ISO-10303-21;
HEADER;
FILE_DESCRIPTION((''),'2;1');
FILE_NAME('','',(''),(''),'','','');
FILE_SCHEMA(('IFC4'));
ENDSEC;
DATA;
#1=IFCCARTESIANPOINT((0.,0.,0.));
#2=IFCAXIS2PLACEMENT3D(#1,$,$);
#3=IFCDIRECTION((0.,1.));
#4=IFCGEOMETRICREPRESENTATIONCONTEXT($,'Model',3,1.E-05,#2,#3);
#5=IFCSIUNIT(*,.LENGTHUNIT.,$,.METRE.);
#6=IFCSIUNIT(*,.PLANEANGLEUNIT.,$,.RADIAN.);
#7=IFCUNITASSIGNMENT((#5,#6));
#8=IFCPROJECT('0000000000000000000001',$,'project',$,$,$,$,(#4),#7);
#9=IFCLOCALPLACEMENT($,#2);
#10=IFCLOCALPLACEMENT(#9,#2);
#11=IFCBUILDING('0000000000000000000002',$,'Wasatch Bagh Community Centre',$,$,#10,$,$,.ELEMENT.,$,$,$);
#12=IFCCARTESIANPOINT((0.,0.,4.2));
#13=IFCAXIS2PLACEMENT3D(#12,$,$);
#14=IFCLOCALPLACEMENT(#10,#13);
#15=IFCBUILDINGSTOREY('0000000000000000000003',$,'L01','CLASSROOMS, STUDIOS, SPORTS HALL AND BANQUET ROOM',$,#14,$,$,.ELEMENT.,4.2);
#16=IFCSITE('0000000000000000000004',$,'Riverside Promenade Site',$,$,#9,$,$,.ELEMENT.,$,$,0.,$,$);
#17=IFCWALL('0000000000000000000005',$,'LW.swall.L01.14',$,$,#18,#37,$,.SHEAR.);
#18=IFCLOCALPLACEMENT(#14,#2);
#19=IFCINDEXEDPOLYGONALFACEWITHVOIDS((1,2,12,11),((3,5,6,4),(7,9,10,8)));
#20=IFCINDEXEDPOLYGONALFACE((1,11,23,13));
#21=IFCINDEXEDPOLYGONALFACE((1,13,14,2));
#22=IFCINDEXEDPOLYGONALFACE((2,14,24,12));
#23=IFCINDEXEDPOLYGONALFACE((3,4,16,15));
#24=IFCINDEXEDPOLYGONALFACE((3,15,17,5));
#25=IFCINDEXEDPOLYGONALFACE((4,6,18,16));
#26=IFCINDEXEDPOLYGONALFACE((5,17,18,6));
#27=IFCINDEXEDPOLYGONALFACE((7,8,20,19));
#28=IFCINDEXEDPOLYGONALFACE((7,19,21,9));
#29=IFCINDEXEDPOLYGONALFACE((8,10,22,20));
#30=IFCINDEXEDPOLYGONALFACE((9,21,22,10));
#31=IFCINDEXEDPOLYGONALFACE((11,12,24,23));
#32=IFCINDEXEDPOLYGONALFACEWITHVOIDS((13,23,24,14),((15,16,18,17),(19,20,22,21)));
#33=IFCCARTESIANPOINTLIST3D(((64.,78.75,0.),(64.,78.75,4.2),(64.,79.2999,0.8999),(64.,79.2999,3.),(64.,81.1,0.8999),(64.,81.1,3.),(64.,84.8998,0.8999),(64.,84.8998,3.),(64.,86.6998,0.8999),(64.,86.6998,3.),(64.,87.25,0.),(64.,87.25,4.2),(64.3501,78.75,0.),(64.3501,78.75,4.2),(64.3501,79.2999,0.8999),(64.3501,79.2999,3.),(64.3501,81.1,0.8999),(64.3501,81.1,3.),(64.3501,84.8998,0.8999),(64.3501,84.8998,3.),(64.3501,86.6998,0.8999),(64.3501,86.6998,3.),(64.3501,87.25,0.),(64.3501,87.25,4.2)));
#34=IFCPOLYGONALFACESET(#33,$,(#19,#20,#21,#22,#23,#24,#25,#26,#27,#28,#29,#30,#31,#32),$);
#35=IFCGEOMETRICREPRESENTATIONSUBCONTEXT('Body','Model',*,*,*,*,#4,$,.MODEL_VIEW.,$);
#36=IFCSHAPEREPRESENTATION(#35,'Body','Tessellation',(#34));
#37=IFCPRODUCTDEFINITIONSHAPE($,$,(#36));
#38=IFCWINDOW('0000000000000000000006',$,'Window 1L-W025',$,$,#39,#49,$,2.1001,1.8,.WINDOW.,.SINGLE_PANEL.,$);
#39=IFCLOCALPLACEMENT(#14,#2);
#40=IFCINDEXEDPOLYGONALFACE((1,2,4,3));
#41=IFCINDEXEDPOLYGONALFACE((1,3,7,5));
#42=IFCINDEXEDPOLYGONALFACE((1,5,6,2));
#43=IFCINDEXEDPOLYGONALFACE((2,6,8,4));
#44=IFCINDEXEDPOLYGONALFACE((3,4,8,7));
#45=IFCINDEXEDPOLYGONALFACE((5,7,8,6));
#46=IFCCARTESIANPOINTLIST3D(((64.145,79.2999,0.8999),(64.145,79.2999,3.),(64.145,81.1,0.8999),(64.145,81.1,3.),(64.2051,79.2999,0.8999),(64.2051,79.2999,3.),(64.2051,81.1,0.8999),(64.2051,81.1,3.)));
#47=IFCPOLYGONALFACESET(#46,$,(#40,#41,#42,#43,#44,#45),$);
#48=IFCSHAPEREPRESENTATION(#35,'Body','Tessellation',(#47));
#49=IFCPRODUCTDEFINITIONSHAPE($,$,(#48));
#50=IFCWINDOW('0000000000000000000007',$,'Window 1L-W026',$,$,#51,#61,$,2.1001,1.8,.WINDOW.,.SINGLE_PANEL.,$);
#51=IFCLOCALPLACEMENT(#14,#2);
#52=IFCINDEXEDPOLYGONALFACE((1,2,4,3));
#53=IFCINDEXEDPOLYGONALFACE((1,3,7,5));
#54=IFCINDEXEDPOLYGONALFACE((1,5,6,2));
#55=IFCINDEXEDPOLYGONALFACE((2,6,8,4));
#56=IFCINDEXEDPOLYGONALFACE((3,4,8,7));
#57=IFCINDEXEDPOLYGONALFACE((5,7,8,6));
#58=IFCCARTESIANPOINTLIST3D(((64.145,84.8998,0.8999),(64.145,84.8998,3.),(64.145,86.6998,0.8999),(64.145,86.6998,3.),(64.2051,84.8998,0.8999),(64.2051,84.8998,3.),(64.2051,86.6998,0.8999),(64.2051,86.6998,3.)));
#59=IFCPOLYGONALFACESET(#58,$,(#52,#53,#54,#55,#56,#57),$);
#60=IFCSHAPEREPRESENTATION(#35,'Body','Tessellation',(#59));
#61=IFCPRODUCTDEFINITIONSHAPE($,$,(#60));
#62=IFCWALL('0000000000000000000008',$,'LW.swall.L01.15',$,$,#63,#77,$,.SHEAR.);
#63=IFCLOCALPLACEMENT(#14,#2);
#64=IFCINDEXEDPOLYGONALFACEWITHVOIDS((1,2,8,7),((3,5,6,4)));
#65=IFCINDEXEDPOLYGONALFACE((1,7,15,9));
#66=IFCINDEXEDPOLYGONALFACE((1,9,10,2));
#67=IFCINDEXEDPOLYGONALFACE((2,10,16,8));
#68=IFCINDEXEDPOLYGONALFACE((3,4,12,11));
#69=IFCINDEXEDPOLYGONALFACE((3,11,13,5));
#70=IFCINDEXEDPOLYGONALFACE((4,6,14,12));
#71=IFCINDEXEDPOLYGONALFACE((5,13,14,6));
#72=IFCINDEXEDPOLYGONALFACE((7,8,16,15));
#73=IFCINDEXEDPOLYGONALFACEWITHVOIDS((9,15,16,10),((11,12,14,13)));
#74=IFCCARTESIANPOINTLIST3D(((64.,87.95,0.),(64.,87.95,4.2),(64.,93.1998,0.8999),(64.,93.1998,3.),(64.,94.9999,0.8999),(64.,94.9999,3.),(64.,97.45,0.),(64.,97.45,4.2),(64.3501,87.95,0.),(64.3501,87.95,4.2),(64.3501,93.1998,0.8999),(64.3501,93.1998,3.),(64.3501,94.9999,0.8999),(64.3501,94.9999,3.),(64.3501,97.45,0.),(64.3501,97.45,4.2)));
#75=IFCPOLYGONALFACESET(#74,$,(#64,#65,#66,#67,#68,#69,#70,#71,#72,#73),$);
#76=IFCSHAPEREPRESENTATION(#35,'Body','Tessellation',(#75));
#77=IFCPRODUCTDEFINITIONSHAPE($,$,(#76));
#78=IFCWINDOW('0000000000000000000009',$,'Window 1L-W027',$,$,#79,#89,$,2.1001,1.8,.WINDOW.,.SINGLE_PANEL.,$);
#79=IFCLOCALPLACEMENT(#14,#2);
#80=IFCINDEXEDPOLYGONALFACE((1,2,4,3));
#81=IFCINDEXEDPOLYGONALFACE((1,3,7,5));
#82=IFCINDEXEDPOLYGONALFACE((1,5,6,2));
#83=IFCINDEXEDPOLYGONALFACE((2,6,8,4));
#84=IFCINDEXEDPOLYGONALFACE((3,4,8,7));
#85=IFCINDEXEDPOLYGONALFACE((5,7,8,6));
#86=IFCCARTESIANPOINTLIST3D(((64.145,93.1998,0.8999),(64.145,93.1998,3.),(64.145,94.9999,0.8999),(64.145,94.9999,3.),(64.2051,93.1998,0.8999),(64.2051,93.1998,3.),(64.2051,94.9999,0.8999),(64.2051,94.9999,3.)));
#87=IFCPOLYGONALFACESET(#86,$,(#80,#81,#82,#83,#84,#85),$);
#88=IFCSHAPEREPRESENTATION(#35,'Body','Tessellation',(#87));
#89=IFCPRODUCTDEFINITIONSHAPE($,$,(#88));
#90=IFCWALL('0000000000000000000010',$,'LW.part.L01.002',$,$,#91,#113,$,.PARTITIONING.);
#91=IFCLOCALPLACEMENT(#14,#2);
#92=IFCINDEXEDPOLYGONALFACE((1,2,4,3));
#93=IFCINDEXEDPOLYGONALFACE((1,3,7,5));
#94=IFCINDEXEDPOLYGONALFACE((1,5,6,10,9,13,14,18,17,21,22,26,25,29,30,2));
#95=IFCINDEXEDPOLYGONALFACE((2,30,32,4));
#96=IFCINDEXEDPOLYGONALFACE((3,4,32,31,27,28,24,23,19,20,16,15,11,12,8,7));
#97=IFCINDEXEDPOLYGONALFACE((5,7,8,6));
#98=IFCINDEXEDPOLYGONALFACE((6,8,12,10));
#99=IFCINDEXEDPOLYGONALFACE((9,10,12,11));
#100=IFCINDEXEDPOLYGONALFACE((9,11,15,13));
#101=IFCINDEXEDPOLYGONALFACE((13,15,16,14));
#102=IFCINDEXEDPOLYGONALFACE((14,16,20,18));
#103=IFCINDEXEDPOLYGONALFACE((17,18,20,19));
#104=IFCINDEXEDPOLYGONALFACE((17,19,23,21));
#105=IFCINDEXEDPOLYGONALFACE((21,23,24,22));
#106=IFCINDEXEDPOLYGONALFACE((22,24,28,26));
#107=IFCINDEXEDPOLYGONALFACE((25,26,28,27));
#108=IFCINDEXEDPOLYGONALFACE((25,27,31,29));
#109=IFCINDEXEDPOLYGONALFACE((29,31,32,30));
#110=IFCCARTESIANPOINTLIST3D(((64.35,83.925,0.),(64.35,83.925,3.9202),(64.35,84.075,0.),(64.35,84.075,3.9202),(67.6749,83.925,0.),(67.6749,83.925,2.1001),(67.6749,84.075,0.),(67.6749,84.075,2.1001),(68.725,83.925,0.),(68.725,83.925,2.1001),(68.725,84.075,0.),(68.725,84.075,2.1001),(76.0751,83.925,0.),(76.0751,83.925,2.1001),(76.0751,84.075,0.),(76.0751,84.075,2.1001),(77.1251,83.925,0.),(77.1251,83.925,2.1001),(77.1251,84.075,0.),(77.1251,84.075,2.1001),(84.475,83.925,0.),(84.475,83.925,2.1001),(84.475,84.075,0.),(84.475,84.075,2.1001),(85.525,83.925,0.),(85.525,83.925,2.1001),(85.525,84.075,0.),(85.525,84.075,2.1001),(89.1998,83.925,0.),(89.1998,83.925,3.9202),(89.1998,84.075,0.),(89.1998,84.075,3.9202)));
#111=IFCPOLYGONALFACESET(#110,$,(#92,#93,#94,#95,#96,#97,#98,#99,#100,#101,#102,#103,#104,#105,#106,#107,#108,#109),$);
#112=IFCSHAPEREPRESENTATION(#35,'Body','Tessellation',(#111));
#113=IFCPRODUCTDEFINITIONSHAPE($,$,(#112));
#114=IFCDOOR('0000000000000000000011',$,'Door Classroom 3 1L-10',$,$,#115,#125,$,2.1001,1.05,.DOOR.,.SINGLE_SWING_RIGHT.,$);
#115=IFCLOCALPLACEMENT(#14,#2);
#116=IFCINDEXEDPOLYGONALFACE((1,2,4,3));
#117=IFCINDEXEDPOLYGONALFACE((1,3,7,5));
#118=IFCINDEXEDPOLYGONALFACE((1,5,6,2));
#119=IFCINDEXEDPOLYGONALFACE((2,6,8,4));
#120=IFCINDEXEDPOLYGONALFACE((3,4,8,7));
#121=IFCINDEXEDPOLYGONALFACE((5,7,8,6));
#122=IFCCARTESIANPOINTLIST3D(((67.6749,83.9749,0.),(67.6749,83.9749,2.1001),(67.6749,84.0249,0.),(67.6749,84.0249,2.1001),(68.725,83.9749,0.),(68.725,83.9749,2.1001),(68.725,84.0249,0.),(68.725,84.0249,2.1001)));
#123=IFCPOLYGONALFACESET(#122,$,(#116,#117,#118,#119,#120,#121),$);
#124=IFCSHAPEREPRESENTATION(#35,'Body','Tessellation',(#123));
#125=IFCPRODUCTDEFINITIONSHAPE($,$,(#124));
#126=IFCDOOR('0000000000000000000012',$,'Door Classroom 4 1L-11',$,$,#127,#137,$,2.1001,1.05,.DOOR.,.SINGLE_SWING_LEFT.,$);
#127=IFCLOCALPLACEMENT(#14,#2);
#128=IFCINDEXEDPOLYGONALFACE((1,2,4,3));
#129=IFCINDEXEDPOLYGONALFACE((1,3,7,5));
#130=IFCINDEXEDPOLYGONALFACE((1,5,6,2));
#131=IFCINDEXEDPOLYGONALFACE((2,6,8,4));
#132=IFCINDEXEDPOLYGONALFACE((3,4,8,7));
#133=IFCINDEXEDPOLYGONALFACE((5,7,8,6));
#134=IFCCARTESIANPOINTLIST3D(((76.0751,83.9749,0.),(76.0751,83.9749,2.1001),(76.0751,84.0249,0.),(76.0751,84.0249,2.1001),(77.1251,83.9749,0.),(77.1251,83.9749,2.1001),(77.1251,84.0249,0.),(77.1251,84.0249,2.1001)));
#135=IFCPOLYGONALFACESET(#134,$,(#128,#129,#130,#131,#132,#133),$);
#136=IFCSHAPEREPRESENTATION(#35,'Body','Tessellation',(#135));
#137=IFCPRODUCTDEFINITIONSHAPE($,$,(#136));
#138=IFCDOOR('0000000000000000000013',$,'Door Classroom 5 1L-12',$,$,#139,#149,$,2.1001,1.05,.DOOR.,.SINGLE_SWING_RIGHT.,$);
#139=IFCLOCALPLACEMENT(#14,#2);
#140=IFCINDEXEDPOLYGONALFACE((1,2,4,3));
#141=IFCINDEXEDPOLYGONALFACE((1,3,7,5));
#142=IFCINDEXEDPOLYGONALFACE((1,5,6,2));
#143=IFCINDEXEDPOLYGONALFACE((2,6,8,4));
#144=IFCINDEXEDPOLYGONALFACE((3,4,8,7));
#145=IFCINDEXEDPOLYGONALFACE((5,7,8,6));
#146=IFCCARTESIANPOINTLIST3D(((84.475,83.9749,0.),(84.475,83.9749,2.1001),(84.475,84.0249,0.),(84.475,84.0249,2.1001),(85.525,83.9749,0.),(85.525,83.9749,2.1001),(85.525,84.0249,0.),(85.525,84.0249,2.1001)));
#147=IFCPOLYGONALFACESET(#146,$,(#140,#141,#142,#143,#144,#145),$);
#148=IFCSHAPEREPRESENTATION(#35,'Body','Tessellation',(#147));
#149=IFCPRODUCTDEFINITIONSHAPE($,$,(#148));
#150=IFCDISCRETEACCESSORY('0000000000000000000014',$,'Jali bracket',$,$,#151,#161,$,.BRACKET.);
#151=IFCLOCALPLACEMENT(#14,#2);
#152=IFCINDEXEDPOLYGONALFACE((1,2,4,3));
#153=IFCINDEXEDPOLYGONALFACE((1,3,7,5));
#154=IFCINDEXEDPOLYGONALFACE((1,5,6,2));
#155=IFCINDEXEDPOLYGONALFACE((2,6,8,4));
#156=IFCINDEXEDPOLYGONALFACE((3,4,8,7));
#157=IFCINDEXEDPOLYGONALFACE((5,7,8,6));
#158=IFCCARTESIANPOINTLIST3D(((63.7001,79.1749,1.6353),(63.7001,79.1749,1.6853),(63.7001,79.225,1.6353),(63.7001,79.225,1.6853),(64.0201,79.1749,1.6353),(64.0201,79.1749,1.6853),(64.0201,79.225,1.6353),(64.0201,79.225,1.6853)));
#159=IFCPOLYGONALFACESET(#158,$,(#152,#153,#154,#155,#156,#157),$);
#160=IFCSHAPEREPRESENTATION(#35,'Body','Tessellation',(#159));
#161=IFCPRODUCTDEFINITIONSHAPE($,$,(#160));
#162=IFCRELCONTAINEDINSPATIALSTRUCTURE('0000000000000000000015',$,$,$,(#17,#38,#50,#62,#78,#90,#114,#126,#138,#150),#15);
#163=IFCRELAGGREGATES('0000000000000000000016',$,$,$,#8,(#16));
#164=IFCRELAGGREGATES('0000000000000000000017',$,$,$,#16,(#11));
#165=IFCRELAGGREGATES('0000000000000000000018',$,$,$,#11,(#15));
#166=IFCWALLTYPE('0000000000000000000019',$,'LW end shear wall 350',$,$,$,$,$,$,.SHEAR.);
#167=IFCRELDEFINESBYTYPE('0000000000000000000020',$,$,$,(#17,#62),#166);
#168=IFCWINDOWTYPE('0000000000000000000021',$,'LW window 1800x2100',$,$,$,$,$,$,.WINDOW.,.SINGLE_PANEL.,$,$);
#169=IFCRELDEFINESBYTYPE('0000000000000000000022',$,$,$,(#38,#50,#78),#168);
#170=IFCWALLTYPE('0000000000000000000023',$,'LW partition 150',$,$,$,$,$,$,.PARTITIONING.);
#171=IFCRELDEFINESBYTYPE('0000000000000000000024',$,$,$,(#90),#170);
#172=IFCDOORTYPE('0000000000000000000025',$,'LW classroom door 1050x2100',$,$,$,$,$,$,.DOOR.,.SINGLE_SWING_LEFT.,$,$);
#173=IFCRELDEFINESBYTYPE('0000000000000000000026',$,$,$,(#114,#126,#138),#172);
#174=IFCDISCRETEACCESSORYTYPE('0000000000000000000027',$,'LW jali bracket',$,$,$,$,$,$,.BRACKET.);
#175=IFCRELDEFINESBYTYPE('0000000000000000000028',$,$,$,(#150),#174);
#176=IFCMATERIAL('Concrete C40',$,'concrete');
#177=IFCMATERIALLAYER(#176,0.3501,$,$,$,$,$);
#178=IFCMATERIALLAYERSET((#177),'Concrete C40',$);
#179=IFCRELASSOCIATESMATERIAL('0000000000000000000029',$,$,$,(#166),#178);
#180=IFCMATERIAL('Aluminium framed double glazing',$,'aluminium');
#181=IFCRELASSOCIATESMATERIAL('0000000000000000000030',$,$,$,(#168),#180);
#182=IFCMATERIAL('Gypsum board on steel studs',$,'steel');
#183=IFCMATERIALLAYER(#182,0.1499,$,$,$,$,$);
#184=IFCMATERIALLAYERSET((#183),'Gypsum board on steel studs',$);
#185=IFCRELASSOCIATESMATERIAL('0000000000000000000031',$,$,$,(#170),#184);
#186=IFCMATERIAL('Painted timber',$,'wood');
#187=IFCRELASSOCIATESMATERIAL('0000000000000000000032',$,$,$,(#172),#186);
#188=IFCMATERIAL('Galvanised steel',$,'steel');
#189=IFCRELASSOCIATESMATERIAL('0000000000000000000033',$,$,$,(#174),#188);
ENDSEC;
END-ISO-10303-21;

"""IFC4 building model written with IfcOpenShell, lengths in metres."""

from ifc_helpers import new_model, si_unit, direction, frame, frame_2d, origin, origin_2d, place, context, subcontext, project, spatial, rectangle, extrude, material, layer, layer_set, type_object, element, fill, save


model = new_model("IFC4")

# Units and contexts
model_context = context("Model", 3, precision=1e-05, world=origin(), true_north=direction((0.0, 1.0)))
body_context = subcontext(model_context, "Body", "Model", "MODEL_VIEW")
ifc_project = project(units=[si_unit("LENGTHUNIT", "METRE"), si_unit("PLANEANGLEUNIT", "RADIAN")], contexts=[model_context])

# Site, building, storey
site_placement = place(None, origin())
site = spatial("IfcSite", under=ifc_project, at=site_placement, Name="Riverside Promenade Site", CompositionType="ELEMENT", RefElevation=0.0)
building_placement = place(site_placement, origin())
building = spatial("IfcBuilding", under=site, at=building_placement, Name="Wasatch Bagh Community Centre", CompositionType="ELEMENT")
storey_placement = place(building_placement, frame((0.0, 0.0, 4.2)))
storey = spatial("IfcBuildingStorey", under=building, at=storey_placement, Name="L01", Description="CLASSROOMS, STUDIOS, SPORTS HALL AND BANQUET ROOM", CompositionType="ELEMENT", Elevation=4.2)

# Shared definitions
ifc_material_1 = material(Name="Concrete C40", Category="concrete")

# Wall, openings, windows
ifc_layer_1 = layer(ifc_material_1, 0.3501)
ifc_layer_set_1 = layer_set([ifc_layer_1], Name="Concrete C40")
wall_type_1 = type_object("IfcWallType", Name="LW end shear wall 350", PredefinedType="SHEAR", material=ifc_layer_set_1)
wall_1_placement = place(storey_placement, frame((64.175, 78.75, 0.0), z_axis=(0.0, 0.0, 1.0), x_axis=(0.0, 1.0, 0.0)))
wall_1 = element("IfcWall", 1, at=wall_1_placement, inside=storey, type_object=wall_type_1, Name="LW.swall.L01.14", PredefinedType="SHEAR", context=body_context, shape_type="SweptSolid", body=[
    extrude(rectangle(XDim=8.5, YDim=0.3501, at=frame_2d((4.25, 0.0))), origin(), (0.0, 0.0, 1.0), 4.2),
])
opening_1_placement = place(wall_1_placement, frame((0.55, 0.0, 0.8999)))
opening_1 = element("IfcOpeningElement", 2, at=opening_1_placement, cuts=wall_1, PredefinedType="OPENING", context=body_context, shape_type="SweptSolid", body=[
    extrude(rectangle(XDim=1.8, YDim=2.1001, at=frame_2d((0.8999, 1.05))), frame((0.0, 0.1851, 0.0), z_axis=(0.0, -1.0, 0.0), x_axis=(1.0, 0.0, 0.0)), (0.0, 0.0, 1.0), 0.3701),
])
opening_2_placement = place(wall_1_placement, frame((6.1499, 0.0, 0.8999)))
opening_2 = element("IfcOpeningElement", 3, at=opening_2_placement, cuts=wall_1, PredefinedType="OPENING", context=body_context, shape_type="SweptSolid", body=[
    extrude(rectangle(XDim=1.8, YDim=2.1001, at=frame_2d((0.8999, 1.05))), frame((0.0, 0.1851, 0.0), z_axis=(0.0, -1.0, 0.0), x_axis=(1.0, 0.0, 0.0)), (0.0, 0.0, 1.0), 0.3701),
])
ifc_material_2 = material(Name="Aluminium framed double glazing", Category="aluminium")
window_type = type_object("IfcWindowType", Name="LW window 1800x2100", PartitioningType="SINGLE_PANEL", PredefinedType="WINDOW", material=ifc_material_2)
window_1_placement = place(opening_1_placement, origin())
window_1 = element("IfcWindow", 4, at=window_1_placement, inside=storey, type_object=window_type, Name="Window 1L-W025", OverallHeight=2.1001, OverallWidth=1.8, PartitioningType="SINGLE_PANEL", PredefinedType="WINDOW", context=body_context, shape_type="SweptSolid", body=[
    extrude(rectangle(XDim=1.8, YDim=2.1001, at=frame_2d((0.8999, 1.05))), frame((0.0, 0.03, 0.0), z_axis=(0.0, -1.0, 0.0), x_axis=(1.0, 0.0, 0.0)), (0.0, 0.0, 1.0), 0.0601),
])
fill(opening_1, window_1)
window_2_placement = place(opening_2_placement, origin())
window_2 = element("IfcWindow", 5, at=window_2_placement, inside=storey, type_object=window_type, Name="Window 1L-W026", OverallHeight=2.1001, OverallWidth=1.8, PartitioningType="SINGLE_PANEL", PredefinedType="WINDOW", context=body_context, shape_type="SweptSolid", body=[
    extrude(rectangle(XDim=1.8, YDim=2.1001, at=frame_2d((0.8999, 1.05))), frame((0.0, 0.03, 0.0), z_axis=(0.0, -1.0, 0.0), x_axis=(1.0, 0.0, 0.0)), (0.0, 0.0, 1.0), 0.0601),
])
fill(opening_2, window_2)

# Wall, opening, window
wall_2_placement = place(storey_placement, frame((64.175, 87.95, 0.0), z_axis=(0.0, 0.0, 1.0), x_axis=(0.0, 1.0, 0.0)))
wall_2 = element("IfcWall", 6, at=wall_2_placement, inside=storey, type_object=wall_type_1, Name="LW.swall.L01.15", PredefinedType="SHEAR", context=body_context, shape_type="SweptSolid", body=[
    extrude(rectangle(XDim=9.5, YDim=0.3501, at=frame_2d((4.75, 0.0))), origin(), (0.0, 0.0, 1.0), 4.2),
])
opening_3_placement = place(wall_2_placement, frame((5.25, 0.0, 0.8999)))
opening_3 = element("IfcOpeningElement", 7, at=opening_3_placement, cuts=wall_2, PredefinedType="OPENING", context=body_context, shape_type="SweptSolid", body=[
    extrude(rectangle(XDim=1.8, YDim=2.1001, at=frame_2d((0.8999, 1.05))), frame((0.0, 0.1851, 0.0), z_axis=(0.0, -1.0, 0.0), x_axis=(1.0, 0.0, 0.0)), (0.0, 0.0, 1.0), 0.3701),
])
window_3_placement = place(opening_3_placement, origin())
window_3 = element("IfcWindow", 8, at=window_3_placement, inside=storey, type_object=window_type, Name="Window 1L-W027", OverallHeight=2.1001, OverallWidth=1.8, PartitioningType="SINGLE_PANEL", PredefinedType="WINDOW", context=body_context, shape_type="SweptSolid", body=[
    extrude(rectangle(XDim=1.8, YDim=2.1001, at=frame_2d((0.8999, 1.05))), frame((0.0, 0.03, 0.0), z_axis=(0.0, -1.0, 0.0), x_axis=(1.0, 0.0, 0.0)), (0.0, 0.0, 1.0), 0.0601),
])
fill(opening_3, window_3)

# Wall, openings, doors
ifc_material_3 = material(Name="Gypsum board on steel studs", Category="steel")
ifc_layer_2 = layer(ifc_material_3, 0.1499)
ifc_layer_set_2 = layer_set([ifc_layer_2], Name="Gypsum board on steel studs")
wall_type_2 = type_object("IfcWallType", Name="LW partition 150", PredefinedType="PARTITIONING", material=ifc_layer_set_2)
wall_3_placement = place(storey_placement, frame((64.3501, 84.0, 0.0), z_axis=(0.0, 0.0, 1.0), x_axis=(1.0, 0.0, 0.0)))
wall_3 = element("IfcWall", 9, at=wall_3_placement, inside=storey, type_object=wall_type_2, Name="LW.part.L01.002", PredefinedType="PARTITIONING", context=body_context, shape_type="SweptSolid", body=[
    extrude(rectangle(XDim=24.8499, YDim=0.1499, at=frame_2d((12.4248, 0.0))), origin(), (0.0, 0.0, 1.0), 3.9202),
])
opening_4_placement = place(wall_3_placement, frame((3.325, 0.0, 0.0)))
opening_4 = element("IfcOpeningElement", 10, at=opening_4_placement, cuts=wall_3, PredefinedType="OPENING", context=body_context, shape_type="SweptSolid", body=[
    extrude(rectangle(XDim=1.05, YDim=2.1001, at=frame_2d((0.5249, 1.05))), frame((0.0, 0.085, 0.0), z_axis=(0.0, -1.0, 0.0), x_axis=(1.0, 0.0, 0.0)), (0.0, 0.0, 1.0), 0.1699),
])
opening_5_placement = place(wall_3_placement, frame((11.7251, 0.0, 0.0)))
opening_5 = element("IfcOpeningElement", 11, at=opening_5_placement, cuts=wall_3, PredefinedType="OPENING", context=body_context, shape_type="SweptSolid", body=[
    extrude(rectangle(XDim=1.05, YDim=2.1001, at=frame_2d((0.5249, 1.05))), frame((0.0, 0.085, 0.0), z_axis=(0.0, -1.0, 0.0), x_axis=(1.0, 0.0, 0.0)), (0.0, 0.0, 1.0), 0.1699),
])
opening_6_placement = place(wall_3_placement, frame((20.125, 0.0, 0.0)))
opening_6 = element("IfcOpeningElement", 12, at=opening_6_placement, cuts=wall_3, PredefinedType="OPENING", context=body_context, shape_type="SweptSolid", body=[
    extrude(rectangle(XDim=1.05, YDim=2.1001, at=frame_2d((0.5249, 1.05))), frame((0.0, 0.085, 0.0), z_axis=(0.0, -1.0, 0.0), x_axis=(1.0, 0.0, 0.0)), (0.0, 0.0, 1.0), 0.1699),
])
ifc_material_4 = material(Name="Painted timber", Category="wood")
door_type = type_object("IfcDoorType", Name="LW classroom door 1050x2100", OperationType="SINGLE_SWING_LEFT", PredefinedType="DOOR", material=ifc_material_4)
door_1_placement = place(opening_4_placement, origin())
door_1 = element("IfcDoor", 13, at=door_1_placement, inside=storey, type_object=door_type, Name="Door Classroom 3 1L-10", OperationType="SINGLE_SWING_RIGHT", OverallHeight=2.1001, OverallWidth=1.05, PredefinedType="DOOR", context=body_context, shape_type="SweptSolid", body=[
    extrude(rectangle(XDim=1.05, YDim=2.1001, at=frame_2d((0.5249, 1.05))), frame((0.0, 0.0249, 0.0), z_axis=(0.0, -1.0, 0.0), x_axis=(1.0, 0.0, 0.0)), (0.0, 0.0, 1.0), 0.05),
])
fill(opening_4, door_1)
door_2_placement = place(opening_5_placement, origin())
door_2 = element("IfcDoor", 14, at=door_2_placement, inside=storey, type_object=door_type, Name="Door Classroom 4 1L-11", OperationType="SINGLE_SWING_LEFT", OverallHeight=2.1001, OverallWidth=1.05, PredefinedType="DOOR", context=body_context, shape_type="SweptSolid", body=[
    extrude(rectangle(XDim=1.05, YDim=2.1001, at=frame_2d((0.5249, 1.05))), frame((0.0, 0.0249, 0.0), z_axis=(0.0, -1.0, 0.0), x_axis=(1.0, 0.0, 0.0)), (0.0, 0.0, 1.0), 0.05),
])
fill(opening_5, door_2)
door_3_placement = place(opening_6_placement, origin())
door_3 = element("IfcDoor", 15, at=door_3_placement, inside=storey, type_object=door_type, Name="Door Classroom 5 1L-12", OperationType="SINGLE_SWING_RIGHT", OverallHeight=2.1001, OverallWidth=1.05, PredefinedType="DOOR", context=body_context, shape_type="SweptSolid", body=[
    extrude(rectangle(XDim=1.05, YDim=2.1001, at=frame_2d((0.5249, 1.05))), frame((0.0, 0.0249, 0.0), z_axis=(0.0, -1.0, 0.0), x_axis=(1.0, 0.0, 0.0)), (0.0, 0.0, 1.0), 0.05),
])
fill(opening_6, door_3)

# Discrete accessory
ifc_material_5 = material(Name="Galvanised steel", Category="steel")
discrete_accessory_type = type_object("IfcDiscreteAccessoryType", Name="LW jali bracket", PredefinedType="BRACKET", material=ifc_material_5)
for number, where, z_axis, x_axis, name in (
    (16, (63.8601, 79.2, 1.6353), (0.0, 0.0, 1.0), (1.0, 0.0, 0.0), "Jali bracket"),
):
    element("IfcDiscreteAccessory", number, at=place(storey_placement, frame(where, z_axis=z_axis, x_axis=x_axis)), inside=storey, type_object=discrete_accessory_type, Name=name, PredefinedType="BRACKET", context=body_context, shape_type="SweptSolid", body=[
        extrude(rectangle(XDim=0.3201, YDim=0.05, at=origin_2d()), origin(), (0.0, 0.0, 1.0), 0.05),
    ])

save(model, "model.ifc")
